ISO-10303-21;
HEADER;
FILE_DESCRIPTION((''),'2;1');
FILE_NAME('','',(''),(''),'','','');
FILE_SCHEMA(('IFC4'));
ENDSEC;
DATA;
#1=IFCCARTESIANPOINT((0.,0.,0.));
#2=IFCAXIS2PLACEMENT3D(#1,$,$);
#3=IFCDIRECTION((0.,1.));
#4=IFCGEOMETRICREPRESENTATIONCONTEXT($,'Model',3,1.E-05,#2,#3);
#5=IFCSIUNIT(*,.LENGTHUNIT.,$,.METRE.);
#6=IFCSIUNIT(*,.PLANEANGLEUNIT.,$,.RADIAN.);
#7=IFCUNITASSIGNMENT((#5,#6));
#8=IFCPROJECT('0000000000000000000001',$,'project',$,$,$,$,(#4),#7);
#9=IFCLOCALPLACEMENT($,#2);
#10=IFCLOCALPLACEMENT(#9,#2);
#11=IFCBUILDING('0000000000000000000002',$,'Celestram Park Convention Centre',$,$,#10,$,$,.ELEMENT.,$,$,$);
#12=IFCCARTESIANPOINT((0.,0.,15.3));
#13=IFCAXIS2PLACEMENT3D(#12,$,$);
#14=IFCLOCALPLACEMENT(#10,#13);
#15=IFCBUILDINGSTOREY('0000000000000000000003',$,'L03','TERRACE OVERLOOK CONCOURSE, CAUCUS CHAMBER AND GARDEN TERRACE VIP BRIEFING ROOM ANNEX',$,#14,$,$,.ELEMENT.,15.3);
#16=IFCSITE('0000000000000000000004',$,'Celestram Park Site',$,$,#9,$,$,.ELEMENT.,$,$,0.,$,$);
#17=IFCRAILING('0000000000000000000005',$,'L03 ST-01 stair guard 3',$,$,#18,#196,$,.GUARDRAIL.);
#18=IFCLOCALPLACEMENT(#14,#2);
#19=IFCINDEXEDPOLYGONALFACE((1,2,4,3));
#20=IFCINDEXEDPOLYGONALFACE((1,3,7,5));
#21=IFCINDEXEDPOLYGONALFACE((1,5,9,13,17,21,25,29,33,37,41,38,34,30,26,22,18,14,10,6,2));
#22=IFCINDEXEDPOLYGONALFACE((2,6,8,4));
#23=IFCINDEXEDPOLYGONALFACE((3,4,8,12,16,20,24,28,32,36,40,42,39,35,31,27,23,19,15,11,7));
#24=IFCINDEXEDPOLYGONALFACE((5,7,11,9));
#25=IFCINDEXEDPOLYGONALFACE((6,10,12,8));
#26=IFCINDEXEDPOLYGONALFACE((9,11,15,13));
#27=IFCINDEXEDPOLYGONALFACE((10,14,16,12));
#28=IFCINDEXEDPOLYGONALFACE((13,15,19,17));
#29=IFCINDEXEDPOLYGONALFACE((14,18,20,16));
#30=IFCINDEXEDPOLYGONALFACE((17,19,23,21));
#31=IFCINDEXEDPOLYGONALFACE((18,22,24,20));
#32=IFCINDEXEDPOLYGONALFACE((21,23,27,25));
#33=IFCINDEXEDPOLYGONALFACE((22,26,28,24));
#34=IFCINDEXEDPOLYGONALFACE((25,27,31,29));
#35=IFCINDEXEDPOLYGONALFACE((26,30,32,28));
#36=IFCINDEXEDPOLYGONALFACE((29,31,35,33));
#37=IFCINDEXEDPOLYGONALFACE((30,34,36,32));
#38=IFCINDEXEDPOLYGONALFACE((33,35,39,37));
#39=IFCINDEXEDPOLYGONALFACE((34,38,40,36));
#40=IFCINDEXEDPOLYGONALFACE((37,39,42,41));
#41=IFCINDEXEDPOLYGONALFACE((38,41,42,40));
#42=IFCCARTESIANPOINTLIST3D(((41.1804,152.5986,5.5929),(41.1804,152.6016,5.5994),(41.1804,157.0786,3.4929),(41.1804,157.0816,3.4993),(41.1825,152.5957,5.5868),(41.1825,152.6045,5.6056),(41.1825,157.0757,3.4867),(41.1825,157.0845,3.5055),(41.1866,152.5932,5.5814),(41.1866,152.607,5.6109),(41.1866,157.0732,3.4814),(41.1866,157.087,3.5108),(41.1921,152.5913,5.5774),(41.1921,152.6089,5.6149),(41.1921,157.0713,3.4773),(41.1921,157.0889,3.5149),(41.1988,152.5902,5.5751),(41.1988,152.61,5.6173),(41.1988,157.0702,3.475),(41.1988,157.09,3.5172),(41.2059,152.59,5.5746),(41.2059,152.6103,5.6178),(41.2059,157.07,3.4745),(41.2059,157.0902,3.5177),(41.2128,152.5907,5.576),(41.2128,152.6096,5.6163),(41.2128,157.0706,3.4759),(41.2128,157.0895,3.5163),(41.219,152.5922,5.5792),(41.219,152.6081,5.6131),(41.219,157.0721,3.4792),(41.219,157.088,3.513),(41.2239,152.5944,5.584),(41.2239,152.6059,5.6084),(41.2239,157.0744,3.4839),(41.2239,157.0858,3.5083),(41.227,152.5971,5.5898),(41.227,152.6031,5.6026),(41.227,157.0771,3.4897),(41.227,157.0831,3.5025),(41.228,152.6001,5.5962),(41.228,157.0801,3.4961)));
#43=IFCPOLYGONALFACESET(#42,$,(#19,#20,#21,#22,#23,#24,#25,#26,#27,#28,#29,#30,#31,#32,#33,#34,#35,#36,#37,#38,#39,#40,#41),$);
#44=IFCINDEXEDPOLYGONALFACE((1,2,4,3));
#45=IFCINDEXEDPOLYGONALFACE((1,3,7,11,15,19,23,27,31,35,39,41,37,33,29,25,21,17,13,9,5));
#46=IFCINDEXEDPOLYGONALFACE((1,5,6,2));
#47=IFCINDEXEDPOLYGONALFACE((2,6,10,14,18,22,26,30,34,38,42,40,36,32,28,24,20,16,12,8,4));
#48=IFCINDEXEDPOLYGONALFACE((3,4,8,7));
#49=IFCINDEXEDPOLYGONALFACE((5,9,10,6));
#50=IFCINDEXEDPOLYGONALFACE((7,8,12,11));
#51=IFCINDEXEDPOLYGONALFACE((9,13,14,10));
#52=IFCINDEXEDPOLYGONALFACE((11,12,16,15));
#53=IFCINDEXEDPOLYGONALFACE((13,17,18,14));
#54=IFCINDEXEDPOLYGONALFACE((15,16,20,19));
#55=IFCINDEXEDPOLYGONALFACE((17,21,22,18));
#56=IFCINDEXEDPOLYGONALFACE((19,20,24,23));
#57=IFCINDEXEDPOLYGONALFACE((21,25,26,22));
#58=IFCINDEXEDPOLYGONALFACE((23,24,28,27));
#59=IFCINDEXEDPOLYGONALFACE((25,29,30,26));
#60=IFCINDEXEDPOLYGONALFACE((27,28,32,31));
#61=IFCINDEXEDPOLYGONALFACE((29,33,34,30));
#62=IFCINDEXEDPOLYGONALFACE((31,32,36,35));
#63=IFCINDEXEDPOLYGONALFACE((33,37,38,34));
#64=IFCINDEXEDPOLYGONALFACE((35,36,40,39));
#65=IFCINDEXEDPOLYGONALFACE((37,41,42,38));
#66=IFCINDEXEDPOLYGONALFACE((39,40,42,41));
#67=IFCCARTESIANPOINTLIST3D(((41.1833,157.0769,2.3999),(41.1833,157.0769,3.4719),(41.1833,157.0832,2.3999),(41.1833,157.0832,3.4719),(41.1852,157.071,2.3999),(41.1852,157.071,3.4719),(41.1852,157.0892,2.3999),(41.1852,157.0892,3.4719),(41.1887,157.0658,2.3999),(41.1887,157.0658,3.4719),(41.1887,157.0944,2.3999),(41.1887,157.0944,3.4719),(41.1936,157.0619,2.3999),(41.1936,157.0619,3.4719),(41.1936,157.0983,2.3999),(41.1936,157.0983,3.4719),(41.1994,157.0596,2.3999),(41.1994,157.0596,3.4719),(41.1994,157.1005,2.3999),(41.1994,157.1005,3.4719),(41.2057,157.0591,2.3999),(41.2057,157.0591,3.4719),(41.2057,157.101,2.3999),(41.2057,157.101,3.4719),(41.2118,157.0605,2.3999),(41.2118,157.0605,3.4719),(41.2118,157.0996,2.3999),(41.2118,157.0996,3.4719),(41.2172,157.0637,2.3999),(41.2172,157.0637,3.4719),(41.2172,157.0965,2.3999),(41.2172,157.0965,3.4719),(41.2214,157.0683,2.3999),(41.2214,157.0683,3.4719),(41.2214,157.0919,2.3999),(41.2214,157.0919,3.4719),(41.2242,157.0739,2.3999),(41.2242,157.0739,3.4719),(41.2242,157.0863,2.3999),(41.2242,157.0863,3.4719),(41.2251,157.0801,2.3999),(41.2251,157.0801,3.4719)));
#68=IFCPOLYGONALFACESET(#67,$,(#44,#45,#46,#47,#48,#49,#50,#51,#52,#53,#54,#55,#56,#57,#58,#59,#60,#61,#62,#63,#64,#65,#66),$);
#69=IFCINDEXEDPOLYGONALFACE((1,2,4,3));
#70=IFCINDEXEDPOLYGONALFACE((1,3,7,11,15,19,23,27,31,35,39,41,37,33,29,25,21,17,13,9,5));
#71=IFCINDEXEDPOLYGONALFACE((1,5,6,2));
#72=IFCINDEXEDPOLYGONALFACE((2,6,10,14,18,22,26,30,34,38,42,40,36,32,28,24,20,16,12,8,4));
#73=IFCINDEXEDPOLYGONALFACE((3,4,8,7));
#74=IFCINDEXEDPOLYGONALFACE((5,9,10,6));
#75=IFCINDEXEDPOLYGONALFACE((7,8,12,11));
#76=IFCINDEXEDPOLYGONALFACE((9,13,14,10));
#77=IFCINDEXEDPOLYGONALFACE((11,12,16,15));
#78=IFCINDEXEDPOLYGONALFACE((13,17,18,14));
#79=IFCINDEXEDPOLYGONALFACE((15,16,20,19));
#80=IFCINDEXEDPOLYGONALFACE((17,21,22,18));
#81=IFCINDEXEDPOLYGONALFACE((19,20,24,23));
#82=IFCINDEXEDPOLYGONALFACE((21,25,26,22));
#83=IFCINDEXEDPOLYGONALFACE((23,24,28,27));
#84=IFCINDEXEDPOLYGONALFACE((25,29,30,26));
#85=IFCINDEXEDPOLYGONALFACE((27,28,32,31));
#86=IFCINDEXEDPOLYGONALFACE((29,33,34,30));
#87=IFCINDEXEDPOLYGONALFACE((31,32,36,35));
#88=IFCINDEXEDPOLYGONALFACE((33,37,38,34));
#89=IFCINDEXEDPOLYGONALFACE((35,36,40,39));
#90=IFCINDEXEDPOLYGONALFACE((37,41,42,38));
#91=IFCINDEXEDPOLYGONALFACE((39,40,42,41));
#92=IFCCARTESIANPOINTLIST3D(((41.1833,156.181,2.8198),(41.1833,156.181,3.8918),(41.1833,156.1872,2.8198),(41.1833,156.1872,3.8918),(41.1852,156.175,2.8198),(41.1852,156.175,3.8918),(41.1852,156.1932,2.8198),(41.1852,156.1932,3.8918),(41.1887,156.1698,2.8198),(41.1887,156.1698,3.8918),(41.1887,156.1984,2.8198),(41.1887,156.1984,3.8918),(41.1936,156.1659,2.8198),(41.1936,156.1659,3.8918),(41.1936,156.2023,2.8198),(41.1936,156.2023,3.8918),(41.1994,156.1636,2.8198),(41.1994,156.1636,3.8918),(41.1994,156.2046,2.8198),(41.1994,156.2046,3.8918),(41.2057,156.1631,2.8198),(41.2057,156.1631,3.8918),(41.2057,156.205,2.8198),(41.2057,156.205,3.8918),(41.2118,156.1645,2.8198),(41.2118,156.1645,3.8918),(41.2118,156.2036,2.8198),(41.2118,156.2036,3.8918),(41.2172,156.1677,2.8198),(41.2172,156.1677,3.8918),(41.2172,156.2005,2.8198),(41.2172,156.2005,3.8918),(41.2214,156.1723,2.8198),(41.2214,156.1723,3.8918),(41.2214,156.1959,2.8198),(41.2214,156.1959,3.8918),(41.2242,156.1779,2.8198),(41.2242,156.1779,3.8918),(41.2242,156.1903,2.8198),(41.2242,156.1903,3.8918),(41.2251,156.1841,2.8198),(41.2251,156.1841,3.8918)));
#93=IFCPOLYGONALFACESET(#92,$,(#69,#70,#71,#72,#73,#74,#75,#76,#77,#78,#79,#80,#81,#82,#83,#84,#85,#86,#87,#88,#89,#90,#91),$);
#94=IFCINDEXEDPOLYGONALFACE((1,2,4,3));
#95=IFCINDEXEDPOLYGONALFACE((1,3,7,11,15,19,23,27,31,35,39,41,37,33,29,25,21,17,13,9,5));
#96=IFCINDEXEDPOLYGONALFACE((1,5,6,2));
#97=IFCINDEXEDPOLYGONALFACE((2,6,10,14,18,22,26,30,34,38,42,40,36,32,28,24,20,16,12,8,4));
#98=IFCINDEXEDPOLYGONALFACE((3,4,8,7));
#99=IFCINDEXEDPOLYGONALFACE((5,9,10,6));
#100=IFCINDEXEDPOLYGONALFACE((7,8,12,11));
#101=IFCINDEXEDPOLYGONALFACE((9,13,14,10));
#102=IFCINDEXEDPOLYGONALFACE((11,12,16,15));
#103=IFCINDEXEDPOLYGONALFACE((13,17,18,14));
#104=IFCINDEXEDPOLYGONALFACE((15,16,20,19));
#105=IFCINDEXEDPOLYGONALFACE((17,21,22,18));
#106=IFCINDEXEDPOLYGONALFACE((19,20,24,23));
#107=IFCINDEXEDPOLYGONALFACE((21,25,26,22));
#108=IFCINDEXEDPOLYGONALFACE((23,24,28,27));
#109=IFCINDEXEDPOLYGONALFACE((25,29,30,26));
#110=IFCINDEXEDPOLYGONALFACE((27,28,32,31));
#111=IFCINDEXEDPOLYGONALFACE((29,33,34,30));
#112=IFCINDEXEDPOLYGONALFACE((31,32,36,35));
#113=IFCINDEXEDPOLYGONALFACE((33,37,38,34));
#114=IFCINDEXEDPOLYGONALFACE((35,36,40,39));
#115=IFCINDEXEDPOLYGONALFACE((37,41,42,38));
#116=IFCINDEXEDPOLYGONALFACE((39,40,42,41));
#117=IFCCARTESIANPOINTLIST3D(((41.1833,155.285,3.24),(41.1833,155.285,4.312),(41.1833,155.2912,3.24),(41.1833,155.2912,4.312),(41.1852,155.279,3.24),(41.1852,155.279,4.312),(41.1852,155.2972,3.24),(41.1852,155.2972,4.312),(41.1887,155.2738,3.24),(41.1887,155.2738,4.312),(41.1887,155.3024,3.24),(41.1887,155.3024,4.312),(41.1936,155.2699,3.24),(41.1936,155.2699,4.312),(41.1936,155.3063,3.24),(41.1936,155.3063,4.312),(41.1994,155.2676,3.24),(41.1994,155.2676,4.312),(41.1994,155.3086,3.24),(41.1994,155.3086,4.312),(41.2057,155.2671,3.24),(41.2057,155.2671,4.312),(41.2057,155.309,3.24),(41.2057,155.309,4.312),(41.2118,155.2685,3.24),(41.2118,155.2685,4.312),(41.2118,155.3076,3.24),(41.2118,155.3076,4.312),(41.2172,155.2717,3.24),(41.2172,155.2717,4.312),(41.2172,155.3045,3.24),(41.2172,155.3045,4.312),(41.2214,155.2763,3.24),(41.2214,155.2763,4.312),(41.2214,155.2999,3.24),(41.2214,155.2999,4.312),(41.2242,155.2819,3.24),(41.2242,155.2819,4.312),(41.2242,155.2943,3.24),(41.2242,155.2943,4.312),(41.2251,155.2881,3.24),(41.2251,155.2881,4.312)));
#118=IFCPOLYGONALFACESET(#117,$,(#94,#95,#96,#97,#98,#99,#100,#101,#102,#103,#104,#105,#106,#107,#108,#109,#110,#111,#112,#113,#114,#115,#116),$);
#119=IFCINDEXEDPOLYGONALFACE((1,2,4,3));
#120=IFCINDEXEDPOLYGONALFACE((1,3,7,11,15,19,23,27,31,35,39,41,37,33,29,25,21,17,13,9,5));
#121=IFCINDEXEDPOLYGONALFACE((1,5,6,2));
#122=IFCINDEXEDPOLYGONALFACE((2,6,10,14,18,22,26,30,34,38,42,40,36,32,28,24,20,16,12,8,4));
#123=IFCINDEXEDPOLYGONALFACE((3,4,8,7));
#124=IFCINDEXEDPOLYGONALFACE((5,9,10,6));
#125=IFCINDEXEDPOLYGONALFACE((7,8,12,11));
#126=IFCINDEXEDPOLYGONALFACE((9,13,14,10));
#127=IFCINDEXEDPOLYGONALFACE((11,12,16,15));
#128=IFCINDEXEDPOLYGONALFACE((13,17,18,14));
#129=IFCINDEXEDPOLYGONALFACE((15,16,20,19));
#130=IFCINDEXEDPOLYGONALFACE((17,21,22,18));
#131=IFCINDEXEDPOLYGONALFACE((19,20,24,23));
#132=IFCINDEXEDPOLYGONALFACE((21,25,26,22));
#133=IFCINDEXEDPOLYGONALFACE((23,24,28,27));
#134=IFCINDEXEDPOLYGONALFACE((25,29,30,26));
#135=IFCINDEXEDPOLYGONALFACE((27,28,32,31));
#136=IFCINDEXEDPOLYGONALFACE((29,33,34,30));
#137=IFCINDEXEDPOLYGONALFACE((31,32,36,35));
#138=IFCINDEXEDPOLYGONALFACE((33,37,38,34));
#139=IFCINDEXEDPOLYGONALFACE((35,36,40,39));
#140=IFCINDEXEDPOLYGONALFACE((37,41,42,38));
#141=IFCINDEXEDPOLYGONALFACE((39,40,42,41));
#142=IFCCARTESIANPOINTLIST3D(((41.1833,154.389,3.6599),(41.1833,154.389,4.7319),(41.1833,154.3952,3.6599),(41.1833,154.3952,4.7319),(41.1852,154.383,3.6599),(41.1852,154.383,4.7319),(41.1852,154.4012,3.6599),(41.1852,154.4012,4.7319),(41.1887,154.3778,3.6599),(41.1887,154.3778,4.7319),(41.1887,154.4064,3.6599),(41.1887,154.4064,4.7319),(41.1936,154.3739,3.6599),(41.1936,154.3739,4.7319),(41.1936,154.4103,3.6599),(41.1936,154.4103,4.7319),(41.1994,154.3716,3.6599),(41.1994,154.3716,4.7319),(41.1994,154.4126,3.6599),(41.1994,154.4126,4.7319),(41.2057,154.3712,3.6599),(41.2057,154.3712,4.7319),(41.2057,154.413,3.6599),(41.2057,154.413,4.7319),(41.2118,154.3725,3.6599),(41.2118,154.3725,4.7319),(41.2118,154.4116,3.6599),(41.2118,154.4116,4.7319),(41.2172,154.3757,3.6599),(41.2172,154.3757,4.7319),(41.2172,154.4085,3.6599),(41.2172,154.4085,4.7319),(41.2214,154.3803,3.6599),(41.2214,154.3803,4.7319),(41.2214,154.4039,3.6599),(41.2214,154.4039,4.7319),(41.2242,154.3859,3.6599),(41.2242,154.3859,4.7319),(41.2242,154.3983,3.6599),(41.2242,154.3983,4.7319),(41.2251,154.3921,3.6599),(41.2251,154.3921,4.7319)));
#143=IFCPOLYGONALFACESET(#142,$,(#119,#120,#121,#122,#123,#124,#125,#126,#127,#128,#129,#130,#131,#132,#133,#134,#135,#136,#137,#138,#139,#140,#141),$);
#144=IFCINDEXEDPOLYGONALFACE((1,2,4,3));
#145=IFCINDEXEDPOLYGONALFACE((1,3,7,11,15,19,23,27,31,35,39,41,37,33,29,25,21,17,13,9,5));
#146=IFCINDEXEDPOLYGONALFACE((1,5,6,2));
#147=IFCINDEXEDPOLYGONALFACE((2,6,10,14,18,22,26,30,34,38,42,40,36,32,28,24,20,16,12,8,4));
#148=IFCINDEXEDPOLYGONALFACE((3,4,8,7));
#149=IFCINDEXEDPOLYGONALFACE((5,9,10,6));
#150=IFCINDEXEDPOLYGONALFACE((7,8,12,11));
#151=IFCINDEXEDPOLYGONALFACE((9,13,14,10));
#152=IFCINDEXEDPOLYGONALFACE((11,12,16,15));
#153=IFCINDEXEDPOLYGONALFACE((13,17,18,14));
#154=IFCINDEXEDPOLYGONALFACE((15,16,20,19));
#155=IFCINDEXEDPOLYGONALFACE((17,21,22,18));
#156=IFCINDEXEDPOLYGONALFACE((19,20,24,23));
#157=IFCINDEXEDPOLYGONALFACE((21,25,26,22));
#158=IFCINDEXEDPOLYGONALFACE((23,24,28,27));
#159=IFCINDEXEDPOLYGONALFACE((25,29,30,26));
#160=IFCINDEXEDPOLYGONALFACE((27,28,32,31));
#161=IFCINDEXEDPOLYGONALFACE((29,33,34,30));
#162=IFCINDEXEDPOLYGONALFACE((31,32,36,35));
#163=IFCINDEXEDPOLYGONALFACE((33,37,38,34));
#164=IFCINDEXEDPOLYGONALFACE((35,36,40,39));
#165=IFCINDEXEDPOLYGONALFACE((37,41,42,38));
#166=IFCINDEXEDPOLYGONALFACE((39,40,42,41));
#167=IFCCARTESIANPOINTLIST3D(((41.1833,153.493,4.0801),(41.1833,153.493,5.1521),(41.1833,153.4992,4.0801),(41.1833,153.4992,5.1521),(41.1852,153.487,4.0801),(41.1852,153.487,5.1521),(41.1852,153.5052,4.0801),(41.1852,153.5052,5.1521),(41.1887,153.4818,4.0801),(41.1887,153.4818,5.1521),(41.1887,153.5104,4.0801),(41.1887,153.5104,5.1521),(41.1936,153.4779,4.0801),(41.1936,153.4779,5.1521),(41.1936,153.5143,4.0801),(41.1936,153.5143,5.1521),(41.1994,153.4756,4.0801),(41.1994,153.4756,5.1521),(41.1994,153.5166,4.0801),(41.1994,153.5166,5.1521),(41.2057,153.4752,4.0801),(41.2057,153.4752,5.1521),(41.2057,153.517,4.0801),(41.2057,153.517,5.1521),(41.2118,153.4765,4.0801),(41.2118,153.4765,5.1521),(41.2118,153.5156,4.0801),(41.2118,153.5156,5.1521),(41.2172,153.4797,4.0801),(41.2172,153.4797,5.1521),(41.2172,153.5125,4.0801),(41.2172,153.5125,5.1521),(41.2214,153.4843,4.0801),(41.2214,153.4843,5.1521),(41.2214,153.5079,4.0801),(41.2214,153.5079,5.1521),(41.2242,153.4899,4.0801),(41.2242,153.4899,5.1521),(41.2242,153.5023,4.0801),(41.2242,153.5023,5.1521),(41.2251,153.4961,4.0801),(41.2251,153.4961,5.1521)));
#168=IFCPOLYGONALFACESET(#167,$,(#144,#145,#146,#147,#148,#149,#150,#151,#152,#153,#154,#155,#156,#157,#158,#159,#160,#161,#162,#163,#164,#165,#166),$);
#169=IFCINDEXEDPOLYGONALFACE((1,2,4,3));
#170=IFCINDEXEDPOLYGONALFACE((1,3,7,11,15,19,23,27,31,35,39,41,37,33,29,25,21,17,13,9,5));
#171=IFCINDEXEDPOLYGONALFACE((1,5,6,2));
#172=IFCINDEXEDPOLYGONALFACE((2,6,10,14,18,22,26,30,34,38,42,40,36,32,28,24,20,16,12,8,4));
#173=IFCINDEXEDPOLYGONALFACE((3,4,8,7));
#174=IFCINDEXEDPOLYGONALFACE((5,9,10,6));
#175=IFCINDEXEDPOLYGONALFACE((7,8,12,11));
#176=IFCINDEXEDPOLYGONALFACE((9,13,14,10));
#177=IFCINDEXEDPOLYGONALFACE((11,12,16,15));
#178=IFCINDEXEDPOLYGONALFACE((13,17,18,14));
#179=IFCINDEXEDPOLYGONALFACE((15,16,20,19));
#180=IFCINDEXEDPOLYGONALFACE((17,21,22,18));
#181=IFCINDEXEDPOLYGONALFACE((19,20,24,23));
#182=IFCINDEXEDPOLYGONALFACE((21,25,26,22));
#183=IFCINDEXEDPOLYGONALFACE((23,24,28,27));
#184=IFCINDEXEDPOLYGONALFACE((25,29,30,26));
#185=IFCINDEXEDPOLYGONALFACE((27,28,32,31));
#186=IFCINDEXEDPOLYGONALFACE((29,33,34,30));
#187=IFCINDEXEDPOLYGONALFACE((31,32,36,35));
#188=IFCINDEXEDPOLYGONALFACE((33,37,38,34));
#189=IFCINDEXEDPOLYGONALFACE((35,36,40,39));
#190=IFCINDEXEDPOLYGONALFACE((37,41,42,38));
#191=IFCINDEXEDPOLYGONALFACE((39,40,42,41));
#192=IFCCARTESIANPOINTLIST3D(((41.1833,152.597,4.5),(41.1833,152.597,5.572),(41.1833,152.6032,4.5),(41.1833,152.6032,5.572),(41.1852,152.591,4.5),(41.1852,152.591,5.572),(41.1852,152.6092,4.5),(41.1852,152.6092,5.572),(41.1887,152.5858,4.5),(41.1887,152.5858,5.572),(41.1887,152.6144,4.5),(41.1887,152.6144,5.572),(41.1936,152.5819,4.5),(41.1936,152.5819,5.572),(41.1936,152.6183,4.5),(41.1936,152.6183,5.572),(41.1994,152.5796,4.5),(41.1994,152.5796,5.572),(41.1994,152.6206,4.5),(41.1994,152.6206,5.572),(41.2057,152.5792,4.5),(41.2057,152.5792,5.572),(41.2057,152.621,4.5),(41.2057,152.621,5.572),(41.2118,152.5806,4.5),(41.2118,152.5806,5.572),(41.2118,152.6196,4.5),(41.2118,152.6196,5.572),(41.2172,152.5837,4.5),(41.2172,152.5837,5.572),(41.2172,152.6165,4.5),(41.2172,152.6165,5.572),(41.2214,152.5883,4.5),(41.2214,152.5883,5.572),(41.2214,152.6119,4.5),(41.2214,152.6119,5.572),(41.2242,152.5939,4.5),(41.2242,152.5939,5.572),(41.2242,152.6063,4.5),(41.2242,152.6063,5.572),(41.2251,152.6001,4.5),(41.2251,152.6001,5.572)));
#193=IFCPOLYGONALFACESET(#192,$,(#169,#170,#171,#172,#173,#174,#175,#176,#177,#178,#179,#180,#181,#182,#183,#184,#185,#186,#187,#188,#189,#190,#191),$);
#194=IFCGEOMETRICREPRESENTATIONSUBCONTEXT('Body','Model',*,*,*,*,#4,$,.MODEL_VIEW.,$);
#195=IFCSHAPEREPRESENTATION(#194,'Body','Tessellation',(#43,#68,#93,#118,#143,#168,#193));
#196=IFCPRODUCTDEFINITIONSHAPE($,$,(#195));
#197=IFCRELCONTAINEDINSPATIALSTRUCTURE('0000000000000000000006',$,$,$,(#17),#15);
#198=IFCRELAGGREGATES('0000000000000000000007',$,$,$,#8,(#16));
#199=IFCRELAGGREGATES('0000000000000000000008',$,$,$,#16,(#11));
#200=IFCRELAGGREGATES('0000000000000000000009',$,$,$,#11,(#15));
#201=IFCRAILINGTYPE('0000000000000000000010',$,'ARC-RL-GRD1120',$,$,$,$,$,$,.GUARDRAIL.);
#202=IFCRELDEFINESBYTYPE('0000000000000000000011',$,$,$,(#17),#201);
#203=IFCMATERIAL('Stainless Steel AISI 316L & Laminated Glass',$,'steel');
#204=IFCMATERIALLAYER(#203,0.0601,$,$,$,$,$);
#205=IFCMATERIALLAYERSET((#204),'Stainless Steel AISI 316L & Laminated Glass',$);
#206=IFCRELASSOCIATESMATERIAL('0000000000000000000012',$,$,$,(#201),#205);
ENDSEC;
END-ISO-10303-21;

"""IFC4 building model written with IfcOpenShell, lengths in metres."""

from ifc_helpers import new_model, si_unit, direction, frame, origin, origin_2d, place, context, subcontext, project, spatial, circle, extrude, material, layer, layer_set, type_object, element, save


model = new_model("IFC4")

# Units and contexts
model_context = context("Model", 3, precision=1e-05, world=origin(), true_north=direction((0.0, 1.0)))
body_context = subcontext(model_context, "Body", "Model", "MODEL_VIEW")
ifc_project = project(units=[si_unit("LENGTHUNIT", "METRE"), si_unit("PLANEANGLEUNIT", "RADIAN")], contexts=[model_context])

# Site, building, storey
site_placement = place(None, origin())
site = spatial("IfcSite", under=ifc_project, at=site_placement, Name="Celestram Park Site", CompositionType="ELEMENT", RefElevation=0.0)
building_placement = place(site_placement, origin())
building = spatial("IfcBuilding", under=site, at=building_placement, Name="Celestram Park Convention Centre", CompositionType="ELEMENT")
storey_placement = place(building_placement, frame((0.0, 0.0, 15.3)))
storey = spatial("IfcBuildingStorey", under=building, at=storey_placement, Name="L03", Description="TERRACE OVERLOOK CONCOURSE, CAUCUS CHAMBER AND GARDEN TERRACE VIP BRIEFING ROOM ANNEX", CompositionType="ELEMENT", Elevation=15.3)

# Railing
ifc_material_1 = material(Name="Stainless Steel AISI 316L & Laminated Glass", Category="steel")
ifc_layer_1 = layer(ifc_material_1, 0.0601)
ifc_layer_set_1 = layer_set([ifc_layer_1], Name="Stainless Steel AISI 316L & Laminated Glass")
railing_type_1 = type_object("IfcRailingType", Name="ARC-RL-GRD1120", PredefinedType="GUARDRAIL", material=ifc_layer_set_1)
railing_1_placement = place(storey_placement, frame((41.2041, 157.0801, 2.3999)))
element("IfcRailing", 1, at=railing_1_placement, inside=storey, type_object=railing_type_1, Name="L03 ST-01 stair guard 3", PredefinedType="GUARDRAIL", context=body_context, shape_type="SweptSolid", body=[
    extrude(circle(Radius=0.0239, at=origin_2d()), frame((0.0, 0.0, 1.0962), z_axis=(0.0, -0.905451, 0.424452), x_axis=(1.0, 0.0, 0.0)), (0.0, 0.0, 1.0), 4.9478),
    extrude(circle(Radius=0.021, at=origin_2d()), origin(), (0.0, 0.0, 1.0), 1.072),
    extrude(circle(Radius=0.021, at=origin_2d()), frame((0.0, -0.896, 0.4199)), (0.0, 0.0, 1.0), 1.072),
    extrude(circle(Radius=0.021, at=origin_2d()), frame((0.0, -1.792, 0.8401)), (0.0, 0.0, 1.0), 1.072),
    extrude(circle(Radius=0.021, at=origin_2d()), frame((0.0, -2.688, 1.26)), (0.0, 0.0, 1.0), 1.072),
    extrude(circle(Radius=0.021, at=origin_2d()), frame((0.0, -3.584, 1.6802)), (0.0, 0.0, 1.0), 1.072),
    extrude(circle(Radius=0.021, at=origin_2d()), frame((0.0, -4.48, 2.1001)), (0.0, 0.0, 1.0), 1.072),
])

save(model, "model.ifc")
